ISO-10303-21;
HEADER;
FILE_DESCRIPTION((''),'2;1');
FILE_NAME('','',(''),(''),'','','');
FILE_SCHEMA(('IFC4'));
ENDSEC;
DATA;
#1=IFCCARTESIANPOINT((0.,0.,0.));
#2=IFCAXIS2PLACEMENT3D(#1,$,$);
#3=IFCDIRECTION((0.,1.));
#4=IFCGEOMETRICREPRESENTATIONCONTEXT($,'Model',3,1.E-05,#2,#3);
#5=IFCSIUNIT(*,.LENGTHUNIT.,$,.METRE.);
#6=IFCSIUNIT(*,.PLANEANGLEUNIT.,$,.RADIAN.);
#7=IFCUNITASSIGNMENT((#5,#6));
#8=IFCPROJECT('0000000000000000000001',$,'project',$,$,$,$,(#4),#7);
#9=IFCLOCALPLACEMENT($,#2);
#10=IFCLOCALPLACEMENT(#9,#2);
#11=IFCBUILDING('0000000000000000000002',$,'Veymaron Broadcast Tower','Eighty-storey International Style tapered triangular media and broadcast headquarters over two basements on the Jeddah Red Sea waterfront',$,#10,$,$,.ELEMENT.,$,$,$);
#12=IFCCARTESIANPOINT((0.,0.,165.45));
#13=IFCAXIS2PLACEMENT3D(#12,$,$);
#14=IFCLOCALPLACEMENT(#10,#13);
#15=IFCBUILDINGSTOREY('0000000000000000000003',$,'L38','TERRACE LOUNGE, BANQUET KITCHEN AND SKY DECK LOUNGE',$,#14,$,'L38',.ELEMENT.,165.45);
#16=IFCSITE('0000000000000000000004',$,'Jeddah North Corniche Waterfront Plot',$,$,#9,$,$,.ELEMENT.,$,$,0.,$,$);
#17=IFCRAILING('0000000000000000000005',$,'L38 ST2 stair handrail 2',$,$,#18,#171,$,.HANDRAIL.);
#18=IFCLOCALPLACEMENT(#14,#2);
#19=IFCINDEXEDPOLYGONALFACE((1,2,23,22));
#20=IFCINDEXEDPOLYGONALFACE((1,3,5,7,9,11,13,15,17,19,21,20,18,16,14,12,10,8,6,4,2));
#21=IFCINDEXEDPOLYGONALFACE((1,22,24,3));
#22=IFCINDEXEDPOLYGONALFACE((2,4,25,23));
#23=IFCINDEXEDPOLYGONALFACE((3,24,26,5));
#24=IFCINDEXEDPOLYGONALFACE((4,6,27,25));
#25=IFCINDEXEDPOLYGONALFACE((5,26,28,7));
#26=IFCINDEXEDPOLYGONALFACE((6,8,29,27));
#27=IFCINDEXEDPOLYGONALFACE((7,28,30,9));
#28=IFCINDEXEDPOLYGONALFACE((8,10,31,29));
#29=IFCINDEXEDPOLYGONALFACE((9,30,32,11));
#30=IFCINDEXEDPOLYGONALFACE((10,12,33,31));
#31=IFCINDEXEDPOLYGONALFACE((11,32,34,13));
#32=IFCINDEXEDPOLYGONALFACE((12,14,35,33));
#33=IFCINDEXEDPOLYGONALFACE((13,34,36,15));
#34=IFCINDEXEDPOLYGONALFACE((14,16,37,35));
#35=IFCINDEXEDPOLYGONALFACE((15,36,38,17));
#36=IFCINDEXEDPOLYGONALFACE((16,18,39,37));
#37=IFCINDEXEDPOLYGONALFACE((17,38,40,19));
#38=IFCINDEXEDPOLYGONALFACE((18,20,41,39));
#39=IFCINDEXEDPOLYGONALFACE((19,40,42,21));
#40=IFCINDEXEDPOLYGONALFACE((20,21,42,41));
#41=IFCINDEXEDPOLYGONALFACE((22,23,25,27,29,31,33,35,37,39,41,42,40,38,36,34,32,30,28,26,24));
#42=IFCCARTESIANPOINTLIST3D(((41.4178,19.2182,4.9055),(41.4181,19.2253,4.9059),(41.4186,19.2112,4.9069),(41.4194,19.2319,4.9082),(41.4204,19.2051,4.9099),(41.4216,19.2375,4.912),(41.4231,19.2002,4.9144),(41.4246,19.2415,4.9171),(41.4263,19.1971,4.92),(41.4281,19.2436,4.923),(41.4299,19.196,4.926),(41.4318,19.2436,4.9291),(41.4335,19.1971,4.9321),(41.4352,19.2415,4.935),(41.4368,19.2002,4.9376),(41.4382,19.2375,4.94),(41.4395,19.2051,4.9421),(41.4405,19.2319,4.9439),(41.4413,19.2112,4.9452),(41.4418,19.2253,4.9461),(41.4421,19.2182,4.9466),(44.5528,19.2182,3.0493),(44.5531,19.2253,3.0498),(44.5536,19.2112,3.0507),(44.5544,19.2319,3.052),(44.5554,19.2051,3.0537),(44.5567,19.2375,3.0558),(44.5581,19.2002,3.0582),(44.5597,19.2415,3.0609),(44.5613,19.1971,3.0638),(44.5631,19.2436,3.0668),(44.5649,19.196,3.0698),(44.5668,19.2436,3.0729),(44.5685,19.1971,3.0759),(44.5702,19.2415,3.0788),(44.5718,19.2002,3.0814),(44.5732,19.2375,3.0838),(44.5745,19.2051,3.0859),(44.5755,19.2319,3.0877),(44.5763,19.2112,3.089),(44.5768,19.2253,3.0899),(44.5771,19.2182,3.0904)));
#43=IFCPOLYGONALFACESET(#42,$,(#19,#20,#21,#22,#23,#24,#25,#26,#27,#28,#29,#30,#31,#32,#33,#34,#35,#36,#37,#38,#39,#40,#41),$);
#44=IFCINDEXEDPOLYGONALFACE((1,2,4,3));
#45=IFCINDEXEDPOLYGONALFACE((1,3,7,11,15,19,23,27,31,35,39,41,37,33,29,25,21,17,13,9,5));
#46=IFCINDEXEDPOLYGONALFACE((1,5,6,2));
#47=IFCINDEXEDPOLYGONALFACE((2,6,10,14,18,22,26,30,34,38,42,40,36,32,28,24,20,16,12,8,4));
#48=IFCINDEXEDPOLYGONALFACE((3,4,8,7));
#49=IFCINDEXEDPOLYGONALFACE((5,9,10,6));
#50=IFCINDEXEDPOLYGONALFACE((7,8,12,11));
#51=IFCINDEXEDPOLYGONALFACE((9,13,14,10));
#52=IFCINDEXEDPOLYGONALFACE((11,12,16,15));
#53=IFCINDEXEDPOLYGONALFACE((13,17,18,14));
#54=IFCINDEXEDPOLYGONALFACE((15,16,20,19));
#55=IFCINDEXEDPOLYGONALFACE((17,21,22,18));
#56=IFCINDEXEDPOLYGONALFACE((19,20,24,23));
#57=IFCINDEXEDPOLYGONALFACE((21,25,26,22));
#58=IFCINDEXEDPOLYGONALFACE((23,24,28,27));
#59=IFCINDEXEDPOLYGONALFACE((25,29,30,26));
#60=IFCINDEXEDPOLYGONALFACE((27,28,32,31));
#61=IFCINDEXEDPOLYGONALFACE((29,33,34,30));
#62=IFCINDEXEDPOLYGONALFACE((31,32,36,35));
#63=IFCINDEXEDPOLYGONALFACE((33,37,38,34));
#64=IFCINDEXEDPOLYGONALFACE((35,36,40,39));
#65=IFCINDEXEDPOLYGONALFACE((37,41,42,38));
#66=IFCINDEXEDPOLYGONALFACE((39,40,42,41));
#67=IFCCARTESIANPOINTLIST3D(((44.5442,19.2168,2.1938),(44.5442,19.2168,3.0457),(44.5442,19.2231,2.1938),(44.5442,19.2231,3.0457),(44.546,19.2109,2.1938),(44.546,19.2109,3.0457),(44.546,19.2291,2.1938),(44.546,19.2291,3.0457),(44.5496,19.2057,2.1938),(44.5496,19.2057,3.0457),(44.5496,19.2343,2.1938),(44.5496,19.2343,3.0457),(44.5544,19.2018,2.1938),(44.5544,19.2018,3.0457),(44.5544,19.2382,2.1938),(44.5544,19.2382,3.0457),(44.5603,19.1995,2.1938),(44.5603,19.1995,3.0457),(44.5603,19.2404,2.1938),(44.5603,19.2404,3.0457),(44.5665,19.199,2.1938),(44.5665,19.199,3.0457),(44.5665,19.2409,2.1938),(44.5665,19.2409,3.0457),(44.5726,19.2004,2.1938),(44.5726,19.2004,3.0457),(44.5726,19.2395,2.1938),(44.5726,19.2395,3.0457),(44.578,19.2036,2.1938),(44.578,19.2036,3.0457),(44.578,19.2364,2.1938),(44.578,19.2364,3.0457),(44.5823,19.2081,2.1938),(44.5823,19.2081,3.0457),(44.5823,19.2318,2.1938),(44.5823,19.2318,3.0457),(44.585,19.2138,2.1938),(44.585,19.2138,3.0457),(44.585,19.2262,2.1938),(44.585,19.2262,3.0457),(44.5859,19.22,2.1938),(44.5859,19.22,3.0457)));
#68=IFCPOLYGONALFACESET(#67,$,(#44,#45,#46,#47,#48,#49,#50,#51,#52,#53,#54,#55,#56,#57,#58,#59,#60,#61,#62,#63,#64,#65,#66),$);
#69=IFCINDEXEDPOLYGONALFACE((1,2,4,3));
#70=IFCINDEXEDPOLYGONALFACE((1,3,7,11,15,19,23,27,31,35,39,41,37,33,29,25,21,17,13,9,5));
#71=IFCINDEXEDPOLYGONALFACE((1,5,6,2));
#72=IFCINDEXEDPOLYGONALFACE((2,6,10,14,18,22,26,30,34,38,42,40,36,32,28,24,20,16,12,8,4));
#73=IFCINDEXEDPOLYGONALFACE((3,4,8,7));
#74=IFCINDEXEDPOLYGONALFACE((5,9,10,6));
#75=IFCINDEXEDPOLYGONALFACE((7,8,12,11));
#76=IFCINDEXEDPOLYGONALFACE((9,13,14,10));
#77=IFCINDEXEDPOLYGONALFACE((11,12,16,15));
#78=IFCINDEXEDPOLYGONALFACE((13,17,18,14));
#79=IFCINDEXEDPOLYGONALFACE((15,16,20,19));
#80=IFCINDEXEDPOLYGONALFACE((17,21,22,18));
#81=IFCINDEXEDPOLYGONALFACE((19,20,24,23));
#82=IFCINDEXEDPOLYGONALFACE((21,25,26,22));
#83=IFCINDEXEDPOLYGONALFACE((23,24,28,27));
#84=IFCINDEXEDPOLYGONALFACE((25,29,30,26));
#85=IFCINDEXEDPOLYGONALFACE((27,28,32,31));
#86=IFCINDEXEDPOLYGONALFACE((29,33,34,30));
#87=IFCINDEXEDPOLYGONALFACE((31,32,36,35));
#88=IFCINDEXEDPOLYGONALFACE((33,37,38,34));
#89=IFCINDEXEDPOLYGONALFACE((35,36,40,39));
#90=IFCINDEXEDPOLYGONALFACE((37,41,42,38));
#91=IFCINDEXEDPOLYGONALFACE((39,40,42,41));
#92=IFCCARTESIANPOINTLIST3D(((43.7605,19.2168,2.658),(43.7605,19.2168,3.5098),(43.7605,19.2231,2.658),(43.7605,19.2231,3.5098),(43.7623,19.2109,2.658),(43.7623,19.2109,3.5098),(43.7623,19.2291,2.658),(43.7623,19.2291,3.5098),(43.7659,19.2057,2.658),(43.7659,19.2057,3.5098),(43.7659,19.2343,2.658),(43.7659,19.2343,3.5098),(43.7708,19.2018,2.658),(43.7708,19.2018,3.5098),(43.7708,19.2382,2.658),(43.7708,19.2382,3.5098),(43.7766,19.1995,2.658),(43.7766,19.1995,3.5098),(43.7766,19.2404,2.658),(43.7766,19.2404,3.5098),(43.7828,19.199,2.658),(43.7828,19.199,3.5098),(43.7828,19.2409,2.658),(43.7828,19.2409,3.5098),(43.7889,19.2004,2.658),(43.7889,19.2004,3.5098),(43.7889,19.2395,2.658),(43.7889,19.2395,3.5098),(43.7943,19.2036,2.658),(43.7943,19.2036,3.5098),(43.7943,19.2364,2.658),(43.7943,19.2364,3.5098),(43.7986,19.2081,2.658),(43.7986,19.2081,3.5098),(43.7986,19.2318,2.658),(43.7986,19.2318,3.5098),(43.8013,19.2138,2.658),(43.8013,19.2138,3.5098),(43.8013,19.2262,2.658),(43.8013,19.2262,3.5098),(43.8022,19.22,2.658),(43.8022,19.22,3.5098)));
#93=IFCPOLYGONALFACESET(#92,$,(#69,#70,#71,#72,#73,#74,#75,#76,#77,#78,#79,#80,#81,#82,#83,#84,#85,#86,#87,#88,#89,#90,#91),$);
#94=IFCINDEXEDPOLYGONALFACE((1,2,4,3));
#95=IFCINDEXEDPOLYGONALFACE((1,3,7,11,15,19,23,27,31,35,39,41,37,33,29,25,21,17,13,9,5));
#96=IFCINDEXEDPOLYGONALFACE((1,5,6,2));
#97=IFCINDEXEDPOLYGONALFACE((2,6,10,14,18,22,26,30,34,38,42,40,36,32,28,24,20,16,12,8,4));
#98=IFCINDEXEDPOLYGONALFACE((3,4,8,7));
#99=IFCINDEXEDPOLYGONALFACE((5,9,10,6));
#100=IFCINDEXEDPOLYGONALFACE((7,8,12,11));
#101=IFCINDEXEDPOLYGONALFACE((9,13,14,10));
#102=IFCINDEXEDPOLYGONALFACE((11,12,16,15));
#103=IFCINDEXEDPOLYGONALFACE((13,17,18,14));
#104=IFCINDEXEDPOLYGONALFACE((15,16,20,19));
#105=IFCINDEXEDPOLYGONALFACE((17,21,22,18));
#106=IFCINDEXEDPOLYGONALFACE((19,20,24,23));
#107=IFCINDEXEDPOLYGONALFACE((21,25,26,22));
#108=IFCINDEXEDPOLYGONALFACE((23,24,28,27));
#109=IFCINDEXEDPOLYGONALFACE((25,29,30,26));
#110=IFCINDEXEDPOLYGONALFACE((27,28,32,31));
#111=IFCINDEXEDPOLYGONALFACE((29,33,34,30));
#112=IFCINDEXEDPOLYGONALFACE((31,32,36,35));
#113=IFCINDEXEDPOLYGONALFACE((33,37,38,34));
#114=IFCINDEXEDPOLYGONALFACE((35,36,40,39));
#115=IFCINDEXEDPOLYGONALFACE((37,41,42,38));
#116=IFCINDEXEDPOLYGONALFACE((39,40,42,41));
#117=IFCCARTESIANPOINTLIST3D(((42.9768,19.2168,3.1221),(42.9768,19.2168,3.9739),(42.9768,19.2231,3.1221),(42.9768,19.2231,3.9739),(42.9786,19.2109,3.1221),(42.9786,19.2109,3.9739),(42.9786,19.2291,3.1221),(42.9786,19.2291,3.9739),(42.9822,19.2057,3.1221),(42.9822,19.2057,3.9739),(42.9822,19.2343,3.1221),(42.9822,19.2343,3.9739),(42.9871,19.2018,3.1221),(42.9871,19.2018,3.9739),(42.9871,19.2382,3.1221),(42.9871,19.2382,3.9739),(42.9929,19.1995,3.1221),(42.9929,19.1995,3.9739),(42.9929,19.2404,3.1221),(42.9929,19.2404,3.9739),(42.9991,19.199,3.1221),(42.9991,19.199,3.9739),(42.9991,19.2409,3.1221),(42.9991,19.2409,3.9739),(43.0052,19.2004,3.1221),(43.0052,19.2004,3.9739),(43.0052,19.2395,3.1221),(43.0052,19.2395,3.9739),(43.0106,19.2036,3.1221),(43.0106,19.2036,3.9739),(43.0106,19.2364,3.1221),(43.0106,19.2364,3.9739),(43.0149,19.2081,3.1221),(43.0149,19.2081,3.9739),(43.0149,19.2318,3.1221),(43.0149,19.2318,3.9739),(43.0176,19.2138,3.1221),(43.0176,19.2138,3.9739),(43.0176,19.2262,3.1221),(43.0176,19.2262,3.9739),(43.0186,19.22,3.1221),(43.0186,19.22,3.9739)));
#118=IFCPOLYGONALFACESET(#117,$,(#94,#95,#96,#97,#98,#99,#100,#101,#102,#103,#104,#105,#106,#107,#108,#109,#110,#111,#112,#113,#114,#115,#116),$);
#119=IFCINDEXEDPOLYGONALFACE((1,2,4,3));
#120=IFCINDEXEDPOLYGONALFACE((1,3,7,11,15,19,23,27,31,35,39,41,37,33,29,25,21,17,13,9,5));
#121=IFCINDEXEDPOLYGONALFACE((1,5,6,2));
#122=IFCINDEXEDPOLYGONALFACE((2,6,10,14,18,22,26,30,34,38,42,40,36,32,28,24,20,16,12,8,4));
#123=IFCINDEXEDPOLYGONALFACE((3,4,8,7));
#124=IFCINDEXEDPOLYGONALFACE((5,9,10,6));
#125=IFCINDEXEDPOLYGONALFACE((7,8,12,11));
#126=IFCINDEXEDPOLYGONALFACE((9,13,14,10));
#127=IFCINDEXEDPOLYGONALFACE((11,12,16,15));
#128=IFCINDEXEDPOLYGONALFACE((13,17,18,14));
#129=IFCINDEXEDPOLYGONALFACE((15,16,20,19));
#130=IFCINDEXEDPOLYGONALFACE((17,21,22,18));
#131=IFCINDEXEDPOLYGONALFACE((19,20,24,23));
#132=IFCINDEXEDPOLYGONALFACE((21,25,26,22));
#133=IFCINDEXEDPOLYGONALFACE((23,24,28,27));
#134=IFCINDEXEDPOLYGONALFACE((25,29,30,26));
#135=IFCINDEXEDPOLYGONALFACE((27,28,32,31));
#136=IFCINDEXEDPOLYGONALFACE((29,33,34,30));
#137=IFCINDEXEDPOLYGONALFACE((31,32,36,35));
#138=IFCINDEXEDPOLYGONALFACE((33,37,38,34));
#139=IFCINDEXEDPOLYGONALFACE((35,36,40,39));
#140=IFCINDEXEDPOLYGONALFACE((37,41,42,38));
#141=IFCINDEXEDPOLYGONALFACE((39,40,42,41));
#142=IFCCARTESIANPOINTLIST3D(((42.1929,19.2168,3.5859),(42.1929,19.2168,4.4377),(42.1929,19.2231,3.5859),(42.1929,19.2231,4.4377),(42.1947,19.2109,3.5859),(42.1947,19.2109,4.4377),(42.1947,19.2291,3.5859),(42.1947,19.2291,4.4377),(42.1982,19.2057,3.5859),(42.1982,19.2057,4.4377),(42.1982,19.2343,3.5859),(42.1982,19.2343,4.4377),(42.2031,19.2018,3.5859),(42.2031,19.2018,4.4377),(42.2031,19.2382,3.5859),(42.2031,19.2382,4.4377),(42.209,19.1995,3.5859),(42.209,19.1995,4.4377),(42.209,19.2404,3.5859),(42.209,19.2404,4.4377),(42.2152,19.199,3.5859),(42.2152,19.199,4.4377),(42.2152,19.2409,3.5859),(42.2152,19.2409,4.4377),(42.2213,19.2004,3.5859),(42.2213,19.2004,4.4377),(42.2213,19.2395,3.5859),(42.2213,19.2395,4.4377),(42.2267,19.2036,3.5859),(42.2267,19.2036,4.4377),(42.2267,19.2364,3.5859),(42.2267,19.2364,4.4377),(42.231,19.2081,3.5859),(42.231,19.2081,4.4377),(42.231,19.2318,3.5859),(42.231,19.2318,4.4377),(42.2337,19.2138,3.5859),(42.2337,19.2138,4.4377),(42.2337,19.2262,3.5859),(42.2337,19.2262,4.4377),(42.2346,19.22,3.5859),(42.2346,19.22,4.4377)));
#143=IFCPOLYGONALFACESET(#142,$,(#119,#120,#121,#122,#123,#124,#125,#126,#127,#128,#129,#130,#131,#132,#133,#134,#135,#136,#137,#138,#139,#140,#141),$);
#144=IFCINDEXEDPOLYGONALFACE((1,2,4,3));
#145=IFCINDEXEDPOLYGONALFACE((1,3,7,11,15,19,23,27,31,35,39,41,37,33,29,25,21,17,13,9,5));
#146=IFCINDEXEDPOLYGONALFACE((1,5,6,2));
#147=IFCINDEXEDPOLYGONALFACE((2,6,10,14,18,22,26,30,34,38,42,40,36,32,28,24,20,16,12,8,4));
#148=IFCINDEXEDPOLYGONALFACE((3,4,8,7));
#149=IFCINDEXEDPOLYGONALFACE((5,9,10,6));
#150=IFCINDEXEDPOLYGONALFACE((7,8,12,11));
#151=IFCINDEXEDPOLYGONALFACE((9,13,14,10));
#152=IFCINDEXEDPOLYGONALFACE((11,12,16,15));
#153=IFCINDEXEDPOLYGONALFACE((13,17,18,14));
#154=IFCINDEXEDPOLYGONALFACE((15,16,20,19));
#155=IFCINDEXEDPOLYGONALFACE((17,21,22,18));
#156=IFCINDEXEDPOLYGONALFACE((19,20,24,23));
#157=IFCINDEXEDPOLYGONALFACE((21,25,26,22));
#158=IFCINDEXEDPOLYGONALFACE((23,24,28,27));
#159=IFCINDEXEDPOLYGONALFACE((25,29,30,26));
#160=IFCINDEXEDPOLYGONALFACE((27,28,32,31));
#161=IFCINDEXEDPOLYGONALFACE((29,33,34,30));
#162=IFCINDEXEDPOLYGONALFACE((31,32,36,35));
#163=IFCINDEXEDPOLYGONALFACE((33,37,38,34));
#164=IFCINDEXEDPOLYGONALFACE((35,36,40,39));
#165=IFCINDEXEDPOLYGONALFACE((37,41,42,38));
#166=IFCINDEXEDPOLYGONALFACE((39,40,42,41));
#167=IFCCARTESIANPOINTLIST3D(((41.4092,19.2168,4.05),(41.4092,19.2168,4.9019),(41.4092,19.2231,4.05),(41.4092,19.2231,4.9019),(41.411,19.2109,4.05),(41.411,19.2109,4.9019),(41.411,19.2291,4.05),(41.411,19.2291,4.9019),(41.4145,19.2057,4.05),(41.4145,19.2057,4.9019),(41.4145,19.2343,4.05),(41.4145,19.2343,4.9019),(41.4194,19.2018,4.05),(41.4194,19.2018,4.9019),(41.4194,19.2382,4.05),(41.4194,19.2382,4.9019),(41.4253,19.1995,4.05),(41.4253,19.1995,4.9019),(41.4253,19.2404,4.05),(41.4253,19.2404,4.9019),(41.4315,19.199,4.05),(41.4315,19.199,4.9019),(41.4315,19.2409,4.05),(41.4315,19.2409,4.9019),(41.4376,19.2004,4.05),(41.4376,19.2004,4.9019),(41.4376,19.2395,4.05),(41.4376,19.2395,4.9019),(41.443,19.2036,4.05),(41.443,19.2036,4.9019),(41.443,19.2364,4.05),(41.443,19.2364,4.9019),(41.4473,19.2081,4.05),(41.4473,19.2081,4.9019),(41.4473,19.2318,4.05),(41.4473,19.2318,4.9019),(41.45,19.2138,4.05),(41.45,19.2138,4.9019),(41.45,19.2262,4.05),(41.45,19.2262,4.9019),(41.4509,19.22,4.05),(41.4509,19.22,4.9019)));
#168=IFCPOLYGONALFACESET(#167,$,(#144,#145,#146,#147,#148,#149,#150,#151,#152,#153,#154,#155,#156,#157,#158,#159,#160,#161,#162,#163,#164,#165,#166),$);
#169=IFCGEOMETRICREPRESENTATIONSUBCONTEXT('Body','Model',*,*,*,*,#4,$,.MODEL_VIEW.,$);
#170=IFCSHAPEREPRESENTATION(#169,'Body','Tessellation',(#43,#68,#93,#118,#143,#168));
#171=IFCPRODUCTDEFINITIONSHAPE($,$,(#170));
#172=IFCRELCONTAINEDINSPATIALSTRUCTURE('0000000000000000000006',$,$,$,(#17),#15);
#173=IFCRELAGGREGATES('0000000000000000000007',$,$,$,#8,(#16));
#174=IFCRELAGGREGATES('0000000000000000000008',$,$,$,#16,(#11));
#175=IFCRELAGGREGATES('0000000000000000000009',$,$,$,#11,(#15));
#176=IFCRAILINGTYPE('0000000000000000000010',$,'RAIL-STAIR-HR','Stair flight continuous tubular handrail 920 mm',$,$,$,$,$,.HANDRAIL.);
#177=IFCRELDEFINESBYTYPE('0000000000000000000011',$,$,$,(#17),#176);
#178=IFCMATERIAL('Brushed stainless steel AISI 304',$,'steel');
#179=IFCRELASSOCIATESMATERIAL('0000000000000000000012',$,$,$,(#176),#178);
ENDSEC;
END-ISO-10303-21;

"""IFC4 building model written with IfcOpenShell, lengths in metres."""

from ifc_helpers import new_model, si_unit, direction, frame, origin, origin_2d, place, context, subcontext, project, spatial, circle, extrude, material, type_object, element, save


model = new_model("IFC4")

# Units and contexts
model_context = context("Model", 3, precision=1e-05, world=origin(), true_north=direction((0.0, 1.0)))
body_context = subcontext(model_context, "Body", "Model", "MODEL_VIEW")
ifc_project = project(units=[si_unit("LENGTHUNIT", "METRE"), si_unit("PLANEANGLEUNIT", "RADIAN")], contexts=[model_context])

# Site, building, storey
site_placement = place(None, origin())
site = spatial("IfcSite", under=ifc_project, at=site_placement, Name="Jeddah North Corniche Waterfront Plot", CompositionType="ELEMENT", RefElevation=0.0)
building_placement = place(site_placement, origin())
building = spatial("IfcBuilding", under=site, at=building_placement, Name="Veymaron Broadcast Tower", Description="Eighty-storey International Style tapered triangular media and broadcast headquarters over two basements on the Jeddah Red Sea waterfront", CompositionType="ELEMENT")
storey_placement = place(building_placement, frame((0.0, 0.0, 165.45)))
storey = spatial("IfcBuildingStorey", under=building, at=storey_placement, Name="L38", Description="TERRACE LOUNGE, BANQUET KITCHEN AND SKY DECK LOUNGE", LongName="L38", CompositionType="ELEMENT", Elevation=165.45)

# Shared definitions
ifc_material_1 = material(Name="Brushed stainless steel AISI 304", Category="steel")

# Railing
railing_type_1 = type_object("IfcRailingType", Name="RAIL-STAIR-HR", Description="Stair flight continuous tubular handrail 920 mm", PredefinedType="HANDRAIL", material=ifc_material_1)
railing_1_placement = place(storey_placement, frame((44.5649, 19.22, 2.1938)))
element("IfcRailing", 1, at=railing_1_placement, inside=storey, type_object=railing_type_1, Name="L38 ST2 stair handrail 2", PredefinedType="HANDRAIL", context=body_context, shape_type="SweptSolid", body=[
    extrude(circle(Radius=0.0239, at=origin_2d()), frame((0.0, 0.0, 0.876), z_axis=(-0.860482, 0.0, 0.509481), x_axis=(0.0, -1.0, 0.0)), (0.0, 0.0, 1.0), 3.6433),
    extrude(circle(Radius=0.021, at=origin_2d()), origin(), (0.0, 0.0, 1.0), 0.8518),
    extrude(circle(Radius=0.021, at=origin_2d()), frame((-0.7837, 0.0, 0.4641)), (0.0, 0.0, 1.0), 0.8518),
    extrude(circle(Radius=0.021, at=origin_2d()), frame((-1.5674, 0.0, 0.9282)), (0.0, 0.0, 1.0), 0.8518),
    extrude(circle(Radius=0.021, at=origin_2d()), frame((-2.3513, 0.0, 1.3921)), (0.0, 0.0, 1.0), 0.8518),
    extrude(circle(Radius=0.021, at=origin_2d()), frame((-3.135, 0.0, 1.8562)), (0.0, 0.0, 1.0), 0.8518),
])

save(model, "model.ifc")
